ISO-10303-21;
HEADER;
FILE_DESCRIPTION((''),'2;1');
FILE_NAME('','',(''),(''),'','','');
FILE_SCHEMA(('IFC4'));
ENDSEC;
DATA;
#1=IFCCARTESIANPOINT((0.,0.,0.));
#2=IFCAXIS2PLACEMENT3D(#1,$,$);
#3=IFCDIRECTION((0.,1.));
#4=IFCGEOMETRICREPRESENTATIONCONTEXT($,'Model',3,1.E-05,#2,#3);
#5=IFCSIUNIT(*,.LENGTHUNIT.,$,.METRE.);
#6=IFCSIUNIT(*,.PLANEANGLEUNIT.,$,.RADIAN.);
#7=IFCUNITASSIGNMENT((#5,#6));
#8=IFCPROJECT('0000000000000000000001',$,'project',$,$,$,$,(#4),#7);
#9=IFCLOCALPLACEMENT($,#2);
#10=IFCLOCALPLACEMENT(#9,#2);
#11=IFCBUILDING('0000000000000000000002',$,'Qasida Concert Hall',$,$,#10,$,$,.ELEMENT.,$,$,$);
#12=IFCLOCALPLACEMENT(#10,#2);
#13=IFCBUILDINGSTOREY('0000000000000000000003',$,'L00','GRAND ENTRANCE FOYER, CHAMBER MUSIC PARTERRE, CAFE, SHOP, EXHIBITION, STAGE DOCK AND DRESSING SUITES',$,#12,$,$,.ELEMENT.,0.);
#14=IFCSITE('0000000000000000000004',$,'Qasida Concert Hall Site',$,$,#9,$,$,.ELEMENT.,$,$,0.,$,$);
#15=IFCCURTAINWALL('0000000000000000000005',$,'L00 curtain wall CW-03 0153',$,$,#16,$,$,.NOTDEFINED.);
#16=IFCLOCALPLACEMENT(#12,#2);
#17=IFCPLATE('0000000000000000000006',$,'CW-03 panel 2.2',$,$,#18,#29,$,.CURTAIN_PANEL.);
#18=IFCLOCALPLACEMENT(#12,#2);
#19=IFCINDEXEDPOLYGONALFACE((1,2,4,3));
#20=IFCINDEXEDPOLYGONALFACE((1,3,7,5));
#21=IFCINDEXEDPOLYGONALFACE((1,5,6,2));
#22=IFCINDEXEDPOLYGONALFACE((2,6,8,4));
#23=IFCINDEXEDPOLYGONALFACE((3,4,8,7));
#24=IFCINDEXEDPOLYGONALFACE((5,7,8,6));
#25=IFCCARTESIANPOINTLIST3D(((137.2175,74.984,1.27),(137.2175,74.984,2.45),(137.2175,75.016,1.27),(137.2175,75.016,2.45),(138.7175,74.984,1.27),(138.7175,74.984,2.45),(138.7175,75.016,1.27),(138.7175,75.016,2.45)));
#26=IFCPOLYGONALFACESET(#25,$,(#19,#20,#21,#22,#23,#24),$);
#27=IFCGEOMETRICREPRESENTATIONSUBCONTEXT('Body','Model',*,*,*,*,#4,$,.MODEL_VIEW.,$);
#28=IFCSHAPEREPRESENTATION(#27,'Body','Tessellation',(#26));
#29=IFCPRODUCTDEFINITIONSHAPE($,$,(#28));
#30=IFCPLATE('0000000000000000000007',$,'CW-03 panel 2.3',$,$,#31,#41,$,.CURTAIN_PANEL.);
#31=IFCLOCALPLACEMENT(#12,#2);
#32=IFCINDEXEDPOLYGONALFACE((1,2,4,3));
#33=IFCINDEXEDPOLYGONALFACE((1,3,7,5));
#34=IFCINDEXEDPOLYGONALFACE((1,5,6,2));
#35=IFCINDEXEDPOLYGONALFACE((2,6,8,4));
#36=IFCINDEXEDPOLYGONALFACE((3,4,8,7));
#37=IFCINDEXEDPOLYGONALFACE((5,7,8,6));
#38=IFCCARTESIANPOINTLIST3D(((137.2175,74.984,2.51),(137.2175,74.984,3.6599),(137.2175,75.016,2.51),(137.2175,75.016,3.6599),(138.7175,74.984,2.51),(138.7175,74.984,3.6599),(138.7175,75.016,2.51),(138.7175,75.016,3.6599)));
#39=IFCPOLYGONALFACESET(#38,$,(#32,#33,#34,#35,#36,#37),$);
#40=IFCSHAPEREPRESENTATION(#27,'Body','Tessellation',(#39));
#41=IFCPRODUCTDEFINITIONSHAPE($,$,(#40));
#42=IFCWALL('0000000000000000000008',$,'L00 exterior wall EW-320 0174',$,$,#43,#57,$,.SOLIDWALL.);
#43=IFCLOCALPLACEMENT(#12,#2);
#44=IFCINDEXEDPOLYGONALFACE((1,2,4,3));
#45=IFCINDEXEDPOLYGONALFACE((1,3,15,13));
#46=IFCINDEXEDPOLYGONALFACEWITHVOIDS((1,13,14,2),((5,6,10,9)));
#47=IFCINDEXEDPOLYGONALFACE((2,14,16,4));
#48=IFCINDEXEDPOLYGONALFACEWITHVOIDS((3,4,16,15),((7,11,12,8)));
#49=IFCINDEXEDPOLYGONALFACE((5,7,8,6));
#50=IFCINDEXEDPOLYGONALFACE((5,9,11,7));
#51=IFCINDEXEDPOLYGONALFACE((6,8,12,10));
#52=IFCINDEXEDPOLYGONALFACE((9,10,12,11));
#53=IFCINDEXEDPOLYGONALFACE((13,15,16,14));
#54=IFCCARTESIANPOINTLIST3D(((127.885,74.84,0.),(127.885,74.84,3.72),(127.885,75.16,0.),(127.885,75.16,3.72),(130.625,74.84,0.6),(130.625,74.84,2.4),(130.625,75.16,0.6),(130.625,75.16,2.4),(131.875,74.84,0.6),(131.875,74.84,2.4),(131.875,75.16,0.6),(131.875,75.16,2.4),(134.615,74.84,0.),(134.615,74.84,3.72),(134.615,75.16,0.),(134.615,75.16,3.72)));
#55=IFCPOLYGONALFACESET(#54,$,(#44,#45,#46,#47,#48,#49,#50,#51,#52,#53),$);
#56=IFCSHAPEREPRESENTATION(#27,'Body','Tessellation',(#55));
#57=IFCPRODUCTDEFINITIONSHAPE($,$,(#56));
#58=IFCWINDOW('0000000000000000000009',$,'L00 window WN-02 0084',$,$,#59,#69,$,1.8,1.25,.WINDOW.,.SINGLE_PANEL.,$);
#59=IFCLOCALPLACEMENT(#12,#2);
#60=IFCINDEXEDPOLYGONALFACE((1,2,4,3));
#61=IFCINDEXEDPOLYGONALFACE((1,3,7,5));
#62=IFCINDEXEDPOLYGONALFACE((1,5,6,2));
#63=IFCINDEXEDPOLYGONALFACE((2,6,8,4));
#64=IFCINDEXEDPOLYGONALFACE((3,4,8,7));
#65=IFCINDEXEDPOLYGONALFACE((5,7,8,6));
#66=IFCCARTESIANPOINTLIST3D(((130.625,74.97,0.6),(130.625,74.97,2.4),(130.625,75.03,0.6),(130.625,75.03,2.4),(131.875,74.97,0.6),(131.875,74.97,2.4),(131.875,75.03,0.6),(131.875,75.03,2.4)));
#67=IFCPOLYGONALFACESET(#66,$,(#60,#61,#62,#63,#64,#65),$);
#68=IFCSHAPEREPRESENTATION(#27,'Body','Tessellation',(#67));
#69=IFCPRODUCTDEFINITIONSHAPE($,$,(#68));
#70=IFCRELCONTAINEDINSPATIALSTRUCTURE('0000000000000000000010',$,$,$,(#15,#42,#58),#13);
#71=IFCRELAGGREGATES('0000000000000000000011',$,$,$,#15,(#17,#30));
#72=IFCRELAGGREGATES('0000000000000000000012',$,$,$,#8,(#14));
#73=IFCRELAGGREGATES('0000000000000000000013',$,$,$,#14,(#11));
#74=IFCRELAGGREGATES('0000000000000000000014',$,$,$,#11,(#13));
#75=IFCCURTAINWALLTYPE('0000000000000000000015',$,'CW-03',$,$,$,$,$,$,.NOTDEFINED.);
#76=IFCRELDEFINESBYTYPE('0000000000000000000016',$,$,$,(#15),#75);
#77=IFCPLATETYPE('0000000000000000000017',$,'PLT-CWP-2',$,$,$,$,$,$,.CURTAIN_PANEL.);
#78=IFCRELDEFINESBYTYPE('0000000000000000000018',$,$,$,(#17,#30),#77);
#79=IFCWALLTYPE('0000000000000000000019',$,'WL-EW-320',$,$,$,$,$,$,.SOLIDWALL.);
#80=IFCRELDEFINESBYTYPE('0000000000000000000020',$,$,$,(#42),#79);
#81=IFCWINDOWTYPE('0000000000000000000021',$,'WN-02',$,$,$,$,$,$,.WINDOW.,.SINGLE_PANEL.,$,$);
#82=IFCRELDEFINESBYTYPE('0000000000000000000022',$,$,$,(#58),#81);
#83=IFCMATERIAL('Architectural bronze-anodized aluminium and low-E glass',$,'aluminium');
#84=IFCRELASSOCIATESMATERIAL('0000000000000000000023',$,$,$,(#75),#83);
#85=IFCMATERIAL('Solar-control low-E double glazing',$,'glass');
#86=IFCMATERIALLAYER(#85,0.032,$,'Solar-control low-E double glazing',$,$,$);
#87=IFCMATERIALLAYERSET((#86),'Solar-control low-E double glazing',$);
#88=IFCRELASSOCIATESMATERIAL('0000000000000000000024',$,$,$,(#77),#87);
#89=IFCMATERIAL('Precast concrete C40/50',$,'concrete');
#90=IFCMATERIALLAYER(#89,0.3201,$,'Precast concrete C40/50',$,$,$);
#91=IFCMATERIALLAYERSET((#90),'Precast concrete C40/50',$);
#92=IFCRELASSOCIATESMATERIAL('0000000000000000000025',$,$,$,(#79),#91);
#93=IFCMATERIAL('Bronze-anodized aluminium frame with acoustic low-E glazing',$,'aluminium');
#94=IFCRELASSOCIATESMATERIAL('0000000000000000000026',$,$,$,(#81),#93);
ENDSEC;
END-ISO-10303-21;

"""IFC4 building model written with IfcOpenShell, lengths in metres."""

from ifc_helpers import new_model, si_unit, direction, frame, frame_2d, origin, origin_2d, place, context, subcontext, project, spatial, rectangle, extrude, material, layer, layer_set, type_object, element, fill, aggregate, save


model = new_model("IFC4")

# Units and contexts
model_context = context("Model", 3, precision=1e-05, world=origin(), true_north=direction((0.0, 1.0)))
body_context = subcontext(model_context, "Body", "Model", "MODEL_VIEW")
ifc_project = project(units=[si_unit("LENGTHUNIT", "METRE"), si_unit("PLANEANGLEUNIT", "RADIAN")], contexts=[model_context])

# Site, building, storey
site_placement = place(None, origin())
site = spatial("IfcSite", under=ifc_project, at=site_placement, Name="Qasida Concert Hall Site", CompositionType="ELEMENT", RefElevation=0.0)
building_placement = place(site_placement, origin())
building = spatial("IfcBuilding", under=site, at=building_placement, Name="Qasida Concert Hall", CompositionType="ELEMENT")
storey_placement = place(building_placement, origin())
storey = spatial("IfcBuildingStorey", under=building, at=storey_placement, Name="L00", Description="GRAND ENTRANCE FOYER, CHAMBER MUSIC PARTERRE, CAFE, SHOP, EXHIBITION, STAGE DOCK AND DRESSING SUITES", CompositionType="ELEMENT", Elevation=0.0)

# Curtain wall, plates
ifc_material_1 = material(Name="Architectural bronze-anodized aluminium and low-E glass", Category="aluminium")
curtain_wall_type = type_object("IfcCurtainWallType", Name="CW-03", PredefinedType="NOTDEFINED", material=ifc_material_1)
curtain_wall_placement = place(storey_placement, origin())
curtain_wall = element("IfcCurtainWall", 1, at=curtain_wall_placement, inside=storey, type_object=curtain_wall_type, Name="L00 curtain wall CW-03 0153", PredefinedType="NOTDEFINED")
ifc_material_2 = material(Name="Solar-control low-E double glazing", Category="glass")
ifc_layer_1 = layer(ifc_material_2, 0.032, Name="Solar-control low-E double glazing")
ifc_layer_set_1 = layer_set([ifc_layer_1], Name="Solar-control low-E double glazing")
plate_type = type_object("IfcPlateType", Name="PLT-CWP-2", PredefinedType="CURTAIN_PANEL", material=ifc_layer_set_1)
plate_1_placement = place(storey_placement, frame((137.9675, 75.0, 1.27), z_axis=(0.0, 0.0, 1.0), x_axis=(1.0, 0.0, 0.0)))
plate_1 = element("IfcPlate", 2, at=plate_1_placement, type_object=plate_type, Name="CW-03 panel 2.2", PredefinedType="CURTAIN_PANEL", context=body_context, shape_type="SweptSolid", body=[
    extrude(rectangle(XDim=1.5, YDim=0.032, at=origin_2d()), origin(), (0.0, 0.0, 1.0), 1.1799),
])
plate_2_placement = place(storey_placement, frame((137.9675, 75.0, 2.51), z_axis=(0.0, 0.0, 1.0), x_axis=(1.0, 0.0, 0.0)))
plate_2 = element("IfcPlate", 3, at=plate_2_placement, type_object=plate_type, Name="CW-03 panel 2.3", PredefinedType="CURTAIN_PANEL", context=body_context, shape_type="SweptSolid", body=[
    extrude(rectangle(XDim=1.5, YDim=0.032, at=origin_2d()), origin(), (0.0, 0.0, 1.0), 1.1499),
])
aggregate(curtain_wall, [plate_1, plate_2])

# Wall, opening, window
ifc_material_3 = material(Name="Precast concrete C40/50", Category="concrete")
ifc_layer_2 = layer(ifc_material_3, 0.3201, Name="Precast concrete C40/50")
ifc_layer_set_2 = layer_set([ifc_layer_2], Name="Precast concrete C40/50")
wall_type = type_object("IfcWallType", Name="WL-EW-320", PredefinedType="SOLIDWALL", material=ifc_layer_set_2)
wall_placement = place(storey_placement, frame((127.885, 75.0, 0.0), z_axis=(0.0, 0.0, 1.0), x_axis=(1.0, 0.0, 0.0)))
wall = element("IfcWall", 4, at=wall_placement, inside=storey, type_object=wall_type, Name="L00 exterior wall EW-320 0174", PredefinedType="SOLIDWALL", context=body_context, shape_type="SweptSolid", body=[
    extrude(rectangle(XDim=6.73, YDim=0.3201, at=frame_2d((3.365, 0.0))), origin(), (0.0, 0.0, 1.0), 3.72),
])
opening_placement = place(wall_placement, frame((2.74, 0.0, 0.6001)))
opening = element("IfcOpeningElement", 5, at=opening_placement, cuts=wall, PredefinedType="OPENING", context=body_context, shape_type="SweptSolid", body=[
    extrude(rectangle(XDim=1.25, YDim=1.8, at=frame_2d((0.625, 0.8999))), frame((0.0, 0.1699, 0.0), z_axis=(0.0, -1.0, 0.0), x_axis=(1.0, 0.0, 0.0)), (0.0, 0.0, 1.0), 0.3401),
])
ifc_material_4 = material(Name="Bronze-anodized aluminium frame with acoustic low-E glazing", Category="aluminium")
window_type = type_object("IfcWindowType", Name="WN-02", PartitioningType="SINGLE_PANEL", PredefinedType="WINDOW", material=ifc_material_4)
window_placement = place(opening_placement, origin())
window = element("IfcWindow", 6, at=window_placement, inside=storey, type_object=window_type, Name="L00 window WN-02 0084", OverallHeight=1.8, OverallWidth=1.25, PartitioningType="SINGLE_PANEL", PredefinedType="WINDOW", context=body_context, shape_type="SweptSolid", body=[
    extrude(rectangle(XDim=1.25, YDim=1.8, at=frame_2d((0.625, 0.8999))), frame((0.0, 0.03, 0.0), z_axis=(0.0, -1.0, 0.0), x_axis=(1.0, 0.0, 0.0)), (0.0, 0.0, 1.0), 0.0601),
])
fill(opening, window)

save(model, "model.ifc")
